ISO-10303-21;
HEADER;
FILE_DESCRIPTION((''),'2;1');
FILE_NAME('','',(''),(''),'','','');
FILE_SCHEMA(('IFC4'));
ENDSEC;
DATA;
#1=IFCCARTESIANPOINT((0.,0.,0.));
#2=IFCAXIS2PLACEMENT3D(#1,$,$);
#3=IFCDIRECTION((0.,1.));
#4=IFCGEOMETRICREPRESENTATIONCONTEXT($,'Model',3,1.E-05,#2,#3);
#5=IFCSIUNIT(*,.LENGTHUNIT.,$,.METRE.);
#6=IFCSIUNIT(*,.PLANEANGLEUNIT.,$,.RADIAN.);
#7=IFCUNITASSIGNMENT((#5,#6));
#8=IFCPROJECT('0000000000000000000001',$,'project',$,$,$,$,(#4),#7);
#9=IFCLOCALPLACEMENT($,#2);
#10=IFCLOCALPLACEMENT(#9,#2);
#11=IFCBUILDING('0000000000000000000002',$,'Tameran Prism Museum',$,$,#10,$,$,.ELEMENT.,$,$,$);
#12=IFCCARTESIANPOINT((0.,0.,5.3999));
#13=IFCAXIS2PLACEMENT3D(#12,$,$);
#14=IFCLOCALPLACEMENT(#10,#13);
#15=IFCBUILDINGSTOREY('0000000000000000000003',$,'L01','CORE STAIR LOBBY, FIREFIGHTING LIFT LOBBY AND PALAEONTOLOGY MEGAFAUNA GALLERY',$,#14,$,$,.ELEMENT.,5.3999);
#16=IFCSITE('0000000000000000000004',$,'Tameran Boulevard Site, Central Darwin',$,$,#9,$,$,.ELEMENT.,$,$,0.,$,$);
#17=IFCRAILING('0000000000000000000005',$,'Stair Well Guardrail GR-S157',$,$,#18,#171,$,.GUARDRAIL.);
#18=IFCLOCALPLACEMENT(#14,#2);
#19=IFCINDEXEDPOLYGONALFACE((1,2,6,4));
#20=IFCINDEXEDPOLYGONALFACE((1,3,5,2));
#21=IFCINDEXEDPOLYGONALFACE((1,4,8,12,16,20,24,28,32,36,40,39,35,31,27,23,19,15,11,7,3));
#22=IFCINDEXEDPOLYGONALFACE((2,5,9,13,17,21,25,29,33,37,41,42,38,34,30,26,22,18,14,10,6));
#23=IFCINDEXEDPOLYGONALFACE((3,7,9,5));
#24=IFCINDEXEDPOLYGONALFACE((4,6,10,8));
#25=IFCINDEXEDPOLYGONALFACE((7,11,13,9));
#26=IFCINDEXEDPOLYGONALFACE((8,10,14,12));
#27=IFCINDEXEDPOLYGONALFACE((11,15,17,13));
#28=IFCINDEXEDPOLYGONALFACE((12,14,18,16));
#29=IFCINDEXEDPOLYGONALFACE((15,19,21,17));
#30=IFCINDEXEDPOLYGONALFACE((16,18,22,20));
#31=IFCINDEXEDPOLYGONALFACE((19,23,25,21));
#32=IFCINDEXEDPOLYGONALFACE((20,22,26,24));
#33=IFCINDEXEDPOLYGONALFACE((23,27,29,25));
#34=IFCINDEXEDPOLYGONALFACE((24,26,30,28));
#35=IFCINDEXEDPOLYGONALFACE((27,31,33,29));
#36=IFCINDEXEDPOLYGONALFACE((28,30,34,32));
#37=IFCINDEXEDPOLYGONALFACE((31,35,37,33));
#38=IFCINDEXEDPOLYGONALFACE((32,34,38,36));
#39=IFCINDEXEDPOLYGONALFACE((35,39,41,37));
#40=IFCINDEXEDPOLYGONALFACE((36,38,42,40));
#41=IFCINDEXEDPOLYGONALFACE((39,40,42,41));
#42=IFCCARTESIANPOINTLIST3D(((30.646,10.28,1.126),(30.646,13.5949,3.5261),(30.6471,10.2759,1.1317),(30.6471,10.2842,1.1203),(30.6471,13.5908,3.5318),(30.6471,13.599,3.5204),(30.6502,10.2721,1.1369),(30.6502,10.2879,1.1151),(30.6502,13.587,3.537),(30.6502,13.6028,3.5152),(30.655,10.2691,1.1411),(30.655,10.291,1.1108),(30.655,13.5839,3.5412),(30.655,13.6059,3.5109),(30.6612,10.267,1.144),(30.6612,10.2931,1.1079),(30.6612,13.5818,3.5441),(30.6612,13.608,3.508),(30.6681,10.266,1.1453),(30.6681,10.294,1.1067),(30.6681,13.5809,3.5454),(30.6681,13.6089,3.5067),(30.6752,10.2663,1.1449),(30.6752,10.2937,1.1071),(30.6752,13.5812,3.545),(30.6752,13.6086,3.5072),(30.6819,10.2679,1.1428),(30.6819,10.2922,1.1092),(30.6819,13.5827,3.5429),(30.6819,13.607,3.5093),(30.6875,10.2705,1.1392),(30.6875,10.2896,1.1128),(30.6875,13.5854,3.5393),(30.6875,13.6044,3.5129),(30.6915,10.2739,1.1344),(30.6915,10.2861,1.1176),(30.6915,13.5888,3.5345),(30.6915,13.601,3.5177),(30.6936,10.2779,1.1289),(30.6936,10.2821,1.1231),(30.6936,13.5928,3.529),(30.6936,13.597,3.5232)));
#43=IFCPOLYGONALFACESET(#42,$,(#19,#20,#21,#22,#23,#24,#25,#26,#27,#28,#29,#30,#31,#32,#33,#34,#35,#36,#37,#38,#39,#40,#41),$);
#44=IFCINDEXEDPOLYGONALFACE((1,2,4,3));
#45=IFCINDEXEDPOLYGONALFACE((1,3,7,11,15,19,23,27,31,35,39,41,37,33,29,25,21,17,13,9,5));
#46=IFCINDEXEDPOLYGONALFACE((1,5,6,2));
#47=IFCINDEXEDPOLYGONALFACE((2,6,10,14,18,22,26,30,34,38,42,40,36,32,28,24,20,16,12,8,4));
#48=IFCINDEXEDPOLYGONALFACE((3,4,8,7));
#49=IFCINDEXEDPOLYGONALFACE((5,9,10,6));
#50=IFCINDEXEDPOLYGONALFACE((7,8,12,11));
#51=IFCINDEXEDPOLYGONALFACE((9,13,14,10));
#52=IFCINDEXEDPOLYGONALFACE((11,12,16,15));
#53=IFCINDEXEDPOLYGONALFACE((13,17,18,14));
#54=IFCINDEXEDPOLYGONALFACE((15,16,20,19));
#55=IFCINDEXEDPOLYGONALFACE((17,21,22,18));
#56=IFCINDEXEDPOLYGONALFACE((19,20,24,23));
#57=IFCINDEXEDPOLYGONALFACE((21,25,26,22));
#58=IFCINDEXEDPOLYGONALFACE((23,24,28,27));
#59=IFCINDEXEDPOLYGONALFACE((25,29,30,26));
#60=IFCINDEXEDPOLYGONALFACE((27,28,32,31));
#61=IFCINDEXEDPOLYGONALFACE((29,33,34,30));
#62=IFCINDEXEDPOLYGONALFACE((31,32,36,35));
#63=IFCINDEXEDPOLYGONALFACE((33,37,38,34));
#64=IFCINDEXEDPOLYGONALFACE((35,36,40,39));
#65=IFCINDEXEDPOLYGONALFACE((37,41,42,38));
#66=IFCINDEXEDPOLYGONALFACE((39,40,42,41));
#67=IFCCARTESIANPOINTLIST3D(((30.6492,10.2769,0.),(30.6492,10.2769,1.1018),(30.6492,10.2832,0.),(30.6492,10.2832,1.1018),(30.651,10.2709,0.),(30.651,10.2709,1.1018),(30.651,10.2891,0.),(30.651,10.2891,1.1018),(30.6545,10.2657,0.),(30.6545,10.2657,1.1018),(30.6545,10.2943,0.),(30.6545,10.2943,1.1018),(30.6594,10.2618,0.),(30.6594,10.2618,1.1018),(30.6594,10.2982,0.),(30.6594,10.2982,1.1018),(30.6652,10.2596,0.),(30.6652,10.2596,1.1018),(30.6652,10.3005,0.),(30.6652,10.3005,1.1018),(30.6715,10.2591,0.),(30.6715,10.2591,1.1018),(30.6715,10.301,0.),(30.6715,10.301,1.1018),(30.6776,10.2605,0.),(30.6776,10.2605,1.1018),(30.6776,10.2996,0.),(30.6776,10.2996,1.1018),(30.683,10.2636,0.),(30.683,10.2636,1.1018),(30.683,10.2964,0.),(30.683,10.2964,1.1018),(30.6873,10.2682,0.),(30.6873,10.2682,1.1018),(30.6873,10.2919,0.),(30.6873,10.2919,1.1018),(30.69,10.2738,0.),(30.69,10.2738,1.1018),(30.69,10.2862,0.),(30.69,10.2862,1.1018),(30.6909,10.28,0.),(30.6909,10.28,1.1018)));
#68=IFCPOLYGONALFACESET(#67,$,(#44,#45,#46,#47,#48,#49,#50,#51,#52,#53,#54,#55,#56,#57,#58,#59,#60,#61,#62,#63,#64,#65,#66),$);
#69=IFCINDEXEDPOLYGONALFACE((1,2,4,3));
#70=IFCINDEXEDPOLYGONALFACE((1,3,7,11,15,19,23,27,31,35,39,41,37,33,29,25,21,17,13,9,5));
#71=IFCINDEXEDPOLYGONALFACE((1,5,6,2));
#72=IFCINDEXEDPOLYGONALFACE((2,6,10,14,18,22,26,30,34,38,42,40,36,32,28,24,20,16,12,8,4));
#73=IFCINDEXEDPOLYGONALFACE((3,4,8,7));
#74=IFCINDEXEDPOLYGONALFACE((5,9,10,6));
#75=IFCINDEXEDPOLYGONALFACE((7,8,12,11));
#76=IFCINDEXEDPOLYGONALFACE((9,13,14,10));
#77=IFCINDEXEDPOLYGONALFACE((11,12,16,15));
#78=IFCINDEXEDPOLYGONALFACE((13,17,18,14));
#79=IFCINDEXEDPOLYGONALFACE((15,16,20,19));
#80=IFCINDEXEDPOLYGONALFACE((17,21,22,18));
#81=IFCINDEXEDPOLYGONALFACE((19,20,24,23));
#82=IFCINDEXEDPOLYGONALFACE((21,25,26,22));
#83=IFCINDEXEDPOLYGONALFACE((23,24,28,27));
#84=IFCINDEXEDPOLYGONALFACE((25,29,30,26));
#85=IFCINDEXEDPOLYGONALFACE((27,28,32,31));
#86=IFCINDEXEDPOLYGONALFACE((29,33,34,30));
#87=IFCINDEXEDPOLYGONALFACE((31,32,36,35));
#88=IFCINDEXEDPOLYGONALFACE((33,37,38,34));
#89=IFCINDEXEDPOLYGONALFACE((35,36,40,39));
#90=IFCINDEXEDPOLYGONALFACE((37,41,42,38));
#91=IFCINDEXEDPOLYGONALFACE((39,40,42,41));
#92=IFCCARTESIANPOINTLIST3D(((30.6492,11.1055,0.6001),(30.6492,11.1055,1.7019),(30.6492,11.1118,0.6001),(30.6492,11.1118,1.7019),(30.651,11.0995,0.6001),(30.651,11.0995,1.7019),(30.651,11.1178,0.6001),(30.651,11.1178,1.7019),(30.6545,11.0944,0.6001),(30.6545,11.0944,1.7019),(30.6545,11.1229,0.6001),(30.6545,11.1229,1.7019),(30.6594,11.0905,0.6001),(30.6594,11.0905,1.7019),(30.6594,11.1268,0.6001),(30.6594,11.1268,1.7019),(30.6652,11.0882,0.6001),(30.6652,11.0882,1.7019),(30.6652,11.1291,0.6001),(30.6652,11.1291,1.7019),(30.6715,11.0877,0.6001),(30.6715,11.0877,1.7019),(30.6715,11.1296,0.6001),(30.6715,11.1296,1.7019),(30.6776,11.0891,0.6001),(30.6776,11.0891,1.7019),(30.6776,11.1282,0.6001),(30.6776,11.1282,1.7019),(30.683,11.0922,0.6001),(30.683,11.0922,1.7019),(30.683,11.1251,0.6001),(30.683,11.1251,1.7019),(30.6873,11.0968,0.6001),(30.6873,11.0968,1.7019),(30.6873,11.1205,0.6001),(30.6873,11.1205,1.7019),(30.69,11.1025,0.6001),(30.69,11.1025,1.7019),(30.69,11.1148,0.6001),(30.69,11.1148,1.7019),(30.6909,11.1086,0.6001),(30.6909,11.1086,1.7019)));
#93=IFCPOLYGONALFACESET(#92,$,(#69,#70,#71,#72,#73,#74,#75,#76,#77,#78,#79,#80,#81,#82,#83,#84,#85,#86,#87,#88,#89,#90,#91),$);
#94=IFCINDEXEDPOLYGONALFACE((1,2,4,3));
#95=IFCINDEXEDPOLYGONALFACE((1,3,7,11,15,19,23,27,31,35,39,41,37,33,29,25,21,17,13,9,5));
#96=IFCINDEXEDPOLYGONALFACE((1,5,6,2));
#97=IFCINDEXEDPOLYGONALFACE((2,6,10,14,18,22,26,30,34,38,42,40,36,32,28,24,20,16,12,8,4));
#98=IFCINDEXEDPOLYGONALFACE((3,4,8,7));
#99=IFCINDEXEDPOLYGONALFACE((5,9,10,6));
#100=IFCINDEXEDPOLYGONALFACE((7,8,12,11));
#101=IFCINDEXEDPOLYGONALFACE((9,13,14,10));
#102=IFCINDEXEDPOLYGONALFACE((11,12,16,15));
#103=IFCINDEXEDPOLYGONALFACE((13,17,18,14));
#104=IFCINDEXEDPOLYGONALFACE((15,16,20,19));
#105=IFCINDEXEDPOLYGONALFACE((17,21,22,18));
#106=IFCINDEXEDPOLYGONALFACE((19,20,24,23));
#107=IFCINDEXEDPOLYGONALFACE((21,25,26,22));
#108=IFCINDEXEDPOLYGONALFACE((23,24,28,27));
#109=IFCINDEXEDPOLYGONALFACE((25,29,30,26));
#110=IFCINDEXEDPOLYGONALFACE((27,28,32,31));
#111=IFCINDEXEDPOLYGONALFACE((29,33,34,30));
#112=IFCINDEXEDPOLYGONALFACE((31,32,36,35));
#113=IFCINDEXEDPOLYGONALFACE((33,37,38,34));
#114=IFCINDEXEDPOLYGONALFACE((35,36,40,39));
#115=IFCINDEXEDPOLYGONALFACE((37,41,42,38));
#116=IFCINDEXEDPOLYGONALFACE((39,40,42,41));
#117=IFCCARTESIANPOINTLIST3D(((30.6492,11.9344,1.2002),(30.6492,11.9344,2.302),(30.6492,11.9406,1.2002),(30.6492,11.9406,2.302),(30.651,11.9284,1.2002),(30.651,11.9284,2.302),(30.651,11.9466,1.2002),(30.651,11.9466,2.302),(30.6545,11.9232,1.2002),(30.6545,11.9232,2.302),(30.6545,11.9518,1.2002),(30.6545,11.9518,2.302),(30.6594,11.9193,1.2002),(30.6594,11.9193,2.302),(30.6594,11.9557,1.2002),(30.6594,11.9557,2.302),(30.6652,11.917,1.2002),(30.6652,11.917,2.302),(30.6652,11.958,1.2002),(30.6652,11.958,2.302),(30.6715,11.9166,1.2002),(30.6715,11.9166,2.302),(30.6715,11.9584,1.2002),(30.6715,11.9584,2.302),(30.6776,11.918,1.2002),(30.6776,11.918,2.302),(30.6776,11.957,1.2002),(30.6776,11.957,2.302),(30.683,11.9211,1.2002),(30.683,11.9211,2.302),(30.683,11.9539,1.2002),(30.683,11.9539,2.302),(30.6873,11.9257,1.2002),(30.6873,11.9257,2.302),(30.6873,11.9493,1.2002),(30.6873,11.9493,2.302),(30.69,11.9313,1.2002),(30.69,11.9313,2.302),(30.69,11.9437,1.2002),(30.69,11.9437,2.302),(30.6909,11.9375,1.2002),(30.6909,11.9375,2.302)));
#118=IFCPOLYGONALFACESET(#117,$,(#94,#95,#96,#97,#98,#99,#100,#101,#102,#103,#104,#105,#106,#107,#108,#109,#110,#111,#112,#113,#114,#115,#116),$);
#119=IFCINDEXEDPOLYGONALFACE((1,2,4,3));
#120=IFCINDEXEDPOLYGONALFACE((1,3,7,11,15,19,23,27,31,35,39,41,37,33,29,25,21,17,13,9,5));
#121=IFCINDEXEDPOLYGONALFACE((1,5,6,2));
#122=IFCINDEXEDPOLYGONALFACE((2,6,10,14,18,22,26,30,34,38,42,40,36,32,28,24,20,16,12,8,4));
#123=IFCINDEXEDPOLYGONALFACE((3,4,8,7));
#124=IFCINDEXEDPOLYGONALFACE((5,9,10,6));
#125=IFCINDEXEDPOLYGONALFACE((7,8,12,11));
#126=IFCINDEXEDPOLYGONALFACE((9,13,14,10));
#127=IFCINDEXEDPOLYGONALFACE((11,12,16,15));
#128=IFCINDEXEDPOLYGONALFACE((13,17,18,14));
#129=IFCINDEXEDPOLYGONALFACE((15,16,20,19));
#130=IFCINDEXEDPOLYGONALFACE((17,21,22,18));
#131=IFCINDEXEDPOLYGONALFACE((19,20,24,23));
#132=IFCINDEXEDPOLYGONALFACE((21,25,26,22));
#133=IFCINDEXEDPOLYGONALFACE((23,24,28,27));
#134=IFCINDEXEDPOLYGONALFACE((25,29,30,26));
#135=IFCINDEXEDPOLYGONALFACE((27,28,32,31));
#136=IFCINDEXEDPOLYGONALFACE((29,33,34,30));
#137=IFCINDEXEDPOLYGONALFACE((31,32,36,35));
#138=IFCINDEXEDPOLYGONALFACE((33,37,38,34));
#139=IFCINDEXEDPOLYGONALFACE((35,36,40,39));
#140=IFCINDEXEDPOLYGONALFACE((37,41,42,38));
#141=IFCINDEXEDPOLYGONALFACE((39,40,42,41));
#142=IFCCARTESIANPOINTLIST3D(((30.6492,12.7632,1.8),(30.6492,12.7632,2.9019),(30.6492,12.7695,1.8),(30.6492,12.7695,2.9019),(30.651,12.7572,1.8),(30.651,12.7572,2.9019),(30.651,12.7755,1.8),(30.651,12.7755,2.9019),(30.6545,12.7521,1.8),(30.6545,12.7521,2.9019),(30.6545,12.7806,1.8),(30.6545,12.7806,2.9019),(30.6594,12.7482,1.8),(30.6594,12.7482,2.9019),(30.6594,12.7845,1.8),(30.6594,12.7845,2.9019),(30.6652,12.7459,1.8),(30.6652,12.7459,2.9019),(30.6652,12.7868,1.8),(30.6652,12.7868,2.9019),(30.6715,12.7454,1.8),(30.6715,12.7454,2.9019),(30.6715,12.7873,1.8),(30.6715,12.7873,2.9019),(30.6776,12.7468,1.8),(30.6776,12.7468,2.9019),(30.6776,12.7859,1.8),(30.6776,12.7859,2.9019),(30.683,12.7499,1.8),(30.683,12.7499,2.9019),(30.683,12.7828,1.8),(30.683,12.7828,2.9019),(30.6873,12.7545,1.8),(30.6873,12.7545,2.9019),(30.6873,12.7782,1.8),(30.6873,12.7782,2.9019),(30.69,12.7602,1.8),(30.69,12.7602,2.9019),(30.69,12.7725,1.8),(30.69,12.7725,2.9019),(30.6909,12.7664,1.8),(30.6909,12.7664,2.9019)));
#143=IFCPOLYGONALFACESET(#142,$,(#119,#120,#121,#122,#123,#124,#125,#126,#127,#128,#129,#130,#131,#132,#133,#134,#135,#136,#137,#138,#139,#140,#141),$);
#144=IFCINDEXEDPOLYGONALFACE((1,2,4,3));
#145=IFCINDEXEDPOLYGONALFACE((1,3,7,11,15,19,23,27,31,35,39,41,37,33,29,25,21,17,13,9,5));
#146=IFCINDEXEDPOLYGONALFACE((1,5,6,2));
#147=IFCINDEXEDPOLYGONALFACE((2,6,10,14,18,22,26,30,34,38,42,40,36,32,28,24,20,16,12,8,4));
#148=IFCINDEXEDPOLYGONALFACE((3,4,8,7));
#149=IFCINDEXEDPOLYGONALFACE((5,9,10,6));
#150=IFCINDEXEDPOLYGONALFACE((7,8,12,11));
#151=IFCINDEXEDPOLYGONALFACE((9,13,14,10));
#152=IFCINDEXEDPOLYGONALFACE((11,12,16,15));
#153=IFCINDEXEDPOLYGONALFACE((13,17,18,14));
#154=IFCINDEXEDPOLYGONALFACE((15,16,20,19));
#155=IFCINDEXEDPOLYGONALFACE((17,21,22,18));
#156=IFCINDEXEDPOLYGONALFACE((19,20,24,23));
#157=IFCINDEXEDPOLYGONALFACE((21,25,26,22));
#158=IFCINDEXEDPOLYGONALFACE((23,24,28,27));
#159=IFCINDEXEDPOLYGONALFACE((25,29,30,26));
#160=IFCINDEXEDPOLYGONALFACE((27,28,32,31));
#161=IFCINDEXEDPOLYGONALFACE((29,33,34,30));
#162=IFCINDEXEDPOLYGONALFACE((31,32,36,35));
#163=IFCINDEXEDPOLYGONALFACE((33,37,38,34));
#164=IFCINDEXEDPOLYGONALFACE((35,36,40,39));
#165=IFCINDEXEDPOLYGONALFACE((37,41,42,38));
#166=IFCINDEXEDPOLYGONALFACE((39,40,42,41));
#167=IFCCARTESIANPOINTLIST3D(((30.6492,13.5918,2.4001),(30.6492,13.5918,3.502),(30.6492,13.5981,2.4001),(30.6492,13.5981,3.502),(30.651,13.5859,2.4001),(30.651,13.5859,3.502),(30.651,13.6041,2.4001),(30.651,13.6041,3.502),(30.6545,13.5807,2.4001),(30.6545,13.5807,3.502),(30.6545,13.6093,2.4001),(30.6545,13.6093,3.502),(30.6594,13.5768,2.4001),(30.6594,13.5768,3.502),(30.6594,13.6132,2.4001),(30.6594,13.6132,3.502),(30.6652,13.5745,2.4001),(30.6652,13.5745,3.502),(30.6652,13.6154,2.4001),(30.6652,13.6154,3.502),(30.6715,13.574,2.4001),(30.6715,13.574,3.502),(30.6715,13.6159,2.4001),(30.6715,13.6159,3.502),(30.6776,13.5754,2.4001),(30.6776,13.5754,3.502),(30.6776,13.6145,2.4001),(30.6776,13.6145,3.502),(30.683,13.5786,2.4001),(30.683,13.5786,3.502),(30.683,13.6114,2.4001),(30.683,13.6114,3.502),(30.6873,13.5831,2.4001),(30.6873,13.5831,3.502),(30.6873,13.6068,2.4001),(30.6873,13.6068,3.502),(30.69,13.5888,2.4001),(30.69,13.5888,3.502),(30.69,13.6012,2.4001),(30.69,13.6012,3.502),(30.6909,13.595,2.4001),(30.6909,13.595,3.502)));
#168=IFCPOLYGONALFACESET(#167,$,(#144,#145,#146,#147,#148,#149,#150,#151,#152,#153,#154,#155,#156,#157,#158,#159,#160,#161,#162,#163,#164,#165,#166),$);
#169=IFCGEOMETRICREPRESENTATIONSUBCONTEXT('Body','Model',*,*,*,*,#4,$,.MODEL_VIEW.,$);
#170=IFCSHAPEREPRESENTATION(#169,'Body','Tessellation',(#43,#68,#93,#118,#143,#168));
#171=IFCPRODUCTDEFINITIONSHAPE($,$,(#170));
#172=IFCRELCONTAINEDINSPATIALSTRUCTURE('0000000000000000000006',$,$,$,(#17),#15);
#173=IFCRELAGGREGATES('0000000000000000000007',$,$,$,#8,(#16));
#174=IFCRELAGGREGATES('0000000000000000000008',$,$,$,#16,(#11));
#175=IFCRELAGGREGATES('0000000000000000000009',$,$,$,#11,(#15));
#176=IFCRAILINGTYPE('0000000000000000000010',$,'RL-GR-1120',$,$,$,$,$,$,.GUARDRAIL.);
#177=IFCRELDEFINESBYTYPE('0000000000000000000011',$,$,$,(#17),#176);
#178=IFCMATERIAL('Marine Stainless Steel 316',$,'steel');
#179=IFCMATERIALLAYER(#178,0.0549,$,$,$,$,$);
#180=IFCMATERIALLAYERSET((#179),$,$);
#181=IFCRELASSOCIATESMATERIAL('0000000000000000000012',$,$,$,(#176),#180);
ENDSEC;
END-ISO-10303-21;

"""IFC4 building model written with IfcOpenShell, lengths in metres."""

from ifc_helpers import new_model, si_unit, direction, frame, origin, origin_2d, place, context, subcontext, project, spatial, circle, extrude, material, layer, layer_set, type_object, element, save


model = new_model("IFC4")

# Units and contexts
model_context = context("Model", 3, precision=1e-05, world=origin(), true_north=direction((0.0, 1.0)))
body_context = subcontext(model_context, "Body", "Model", "MODEL_VIEW")
ifc_project = project(units=[si_unit("LENGTHUNIT", "METRE"), si_unit("PLANEANGLEUNIT", "RADIAN")], contexts=[model_context])

# Site, building, storey
site_placement = place(None, origin())
site = spatial("IfcSite", under=ifc_project, at=site_placement, Name="Tameran Boulevard Site, Central Darwin", CompositionType="ELEMENT", RefElevation=0.0)
building_placement = place(site_placement, origin())
building = spatial("IfcBuilding", under=site, at=building_placement, Name="Tameran Prism Museum", CompositionType="ELEMENT")
storey_placement = place(building_placement, frame((0.0, 0.0, 5.3999)))
storey = spatial("IfcBuildingStorey", under=building, at=storey_placement, Name="L01", Description="CORE STAIR LOBBY, FIREFIGHTING LIFT LOBBY AND PALAEONTOLOGY MEGAFAUNA GALLERY", CompositionType="ELEMENT", Elevation=5.3999)

# Railing
ifc_material_1 = material(Name="Marine Stainless Steel 316", Category="steel")
ifc_layer_1 = layer(ifc_material_1, 0.0549)
ifc_layer_set_1 = layer_set([ifc_layer_1])
railing_type_1 = type_object("IfcRailingType", Name="RL-GR-1120", PredefinedType="GUARDRAIL", material=ifc_layer_set_1)
railing_1_placement = place(storey_placement, frame((30.6699, 10.28, 0.0)))
element("IfcRailing", 1, at=railing_1_placement, inside=storey, type_object=railing_type_1, Name="Stair Well Guardrail GR-S157", PredefinedType="GUARDRAIL", context=body_context, shape_type="SweptSolid", body=[
    extrude(circle(Radius=0.0239, at=origin_2d()), frame((0.0, 0.0, 1.126), z_axis=(0.0, 0.80998, 0.586457), x_axis=(-1.0, 0.0, 0.0)), (0.0, 0.0, 1.0), 4.0925),
    extrude(circle(Radius=0.021, at=origin_2d()), origin(), (0.0, 0.0, 1.0), 1.1018),
    extrude(circle(Radius=0.021, at=origin_2d()), frame((0.0, 0.8286, 0.6001)), (0.0, 0.0, 1.0), 1.1018),
    extrude(circle(Radius=0.021, at=origin_2d()), frame((0.0, 1.6575, 1.2002)), (0.0, 0.0, 1.0), 1.1018),
    extrude(circle(Radius=0.021, at=origin_2d()), frame((0.0, 2.4863, 1.8)), (0.0, 0.0, 1.0), 1.1018),
    extrude(circle(Radius=0.021, at=origin_2d()), frame((0.0, 3.3149, 2.4001)), (0.0, 0.0, 1.0), 1.1018),
])

save(model, "model.ifc")
